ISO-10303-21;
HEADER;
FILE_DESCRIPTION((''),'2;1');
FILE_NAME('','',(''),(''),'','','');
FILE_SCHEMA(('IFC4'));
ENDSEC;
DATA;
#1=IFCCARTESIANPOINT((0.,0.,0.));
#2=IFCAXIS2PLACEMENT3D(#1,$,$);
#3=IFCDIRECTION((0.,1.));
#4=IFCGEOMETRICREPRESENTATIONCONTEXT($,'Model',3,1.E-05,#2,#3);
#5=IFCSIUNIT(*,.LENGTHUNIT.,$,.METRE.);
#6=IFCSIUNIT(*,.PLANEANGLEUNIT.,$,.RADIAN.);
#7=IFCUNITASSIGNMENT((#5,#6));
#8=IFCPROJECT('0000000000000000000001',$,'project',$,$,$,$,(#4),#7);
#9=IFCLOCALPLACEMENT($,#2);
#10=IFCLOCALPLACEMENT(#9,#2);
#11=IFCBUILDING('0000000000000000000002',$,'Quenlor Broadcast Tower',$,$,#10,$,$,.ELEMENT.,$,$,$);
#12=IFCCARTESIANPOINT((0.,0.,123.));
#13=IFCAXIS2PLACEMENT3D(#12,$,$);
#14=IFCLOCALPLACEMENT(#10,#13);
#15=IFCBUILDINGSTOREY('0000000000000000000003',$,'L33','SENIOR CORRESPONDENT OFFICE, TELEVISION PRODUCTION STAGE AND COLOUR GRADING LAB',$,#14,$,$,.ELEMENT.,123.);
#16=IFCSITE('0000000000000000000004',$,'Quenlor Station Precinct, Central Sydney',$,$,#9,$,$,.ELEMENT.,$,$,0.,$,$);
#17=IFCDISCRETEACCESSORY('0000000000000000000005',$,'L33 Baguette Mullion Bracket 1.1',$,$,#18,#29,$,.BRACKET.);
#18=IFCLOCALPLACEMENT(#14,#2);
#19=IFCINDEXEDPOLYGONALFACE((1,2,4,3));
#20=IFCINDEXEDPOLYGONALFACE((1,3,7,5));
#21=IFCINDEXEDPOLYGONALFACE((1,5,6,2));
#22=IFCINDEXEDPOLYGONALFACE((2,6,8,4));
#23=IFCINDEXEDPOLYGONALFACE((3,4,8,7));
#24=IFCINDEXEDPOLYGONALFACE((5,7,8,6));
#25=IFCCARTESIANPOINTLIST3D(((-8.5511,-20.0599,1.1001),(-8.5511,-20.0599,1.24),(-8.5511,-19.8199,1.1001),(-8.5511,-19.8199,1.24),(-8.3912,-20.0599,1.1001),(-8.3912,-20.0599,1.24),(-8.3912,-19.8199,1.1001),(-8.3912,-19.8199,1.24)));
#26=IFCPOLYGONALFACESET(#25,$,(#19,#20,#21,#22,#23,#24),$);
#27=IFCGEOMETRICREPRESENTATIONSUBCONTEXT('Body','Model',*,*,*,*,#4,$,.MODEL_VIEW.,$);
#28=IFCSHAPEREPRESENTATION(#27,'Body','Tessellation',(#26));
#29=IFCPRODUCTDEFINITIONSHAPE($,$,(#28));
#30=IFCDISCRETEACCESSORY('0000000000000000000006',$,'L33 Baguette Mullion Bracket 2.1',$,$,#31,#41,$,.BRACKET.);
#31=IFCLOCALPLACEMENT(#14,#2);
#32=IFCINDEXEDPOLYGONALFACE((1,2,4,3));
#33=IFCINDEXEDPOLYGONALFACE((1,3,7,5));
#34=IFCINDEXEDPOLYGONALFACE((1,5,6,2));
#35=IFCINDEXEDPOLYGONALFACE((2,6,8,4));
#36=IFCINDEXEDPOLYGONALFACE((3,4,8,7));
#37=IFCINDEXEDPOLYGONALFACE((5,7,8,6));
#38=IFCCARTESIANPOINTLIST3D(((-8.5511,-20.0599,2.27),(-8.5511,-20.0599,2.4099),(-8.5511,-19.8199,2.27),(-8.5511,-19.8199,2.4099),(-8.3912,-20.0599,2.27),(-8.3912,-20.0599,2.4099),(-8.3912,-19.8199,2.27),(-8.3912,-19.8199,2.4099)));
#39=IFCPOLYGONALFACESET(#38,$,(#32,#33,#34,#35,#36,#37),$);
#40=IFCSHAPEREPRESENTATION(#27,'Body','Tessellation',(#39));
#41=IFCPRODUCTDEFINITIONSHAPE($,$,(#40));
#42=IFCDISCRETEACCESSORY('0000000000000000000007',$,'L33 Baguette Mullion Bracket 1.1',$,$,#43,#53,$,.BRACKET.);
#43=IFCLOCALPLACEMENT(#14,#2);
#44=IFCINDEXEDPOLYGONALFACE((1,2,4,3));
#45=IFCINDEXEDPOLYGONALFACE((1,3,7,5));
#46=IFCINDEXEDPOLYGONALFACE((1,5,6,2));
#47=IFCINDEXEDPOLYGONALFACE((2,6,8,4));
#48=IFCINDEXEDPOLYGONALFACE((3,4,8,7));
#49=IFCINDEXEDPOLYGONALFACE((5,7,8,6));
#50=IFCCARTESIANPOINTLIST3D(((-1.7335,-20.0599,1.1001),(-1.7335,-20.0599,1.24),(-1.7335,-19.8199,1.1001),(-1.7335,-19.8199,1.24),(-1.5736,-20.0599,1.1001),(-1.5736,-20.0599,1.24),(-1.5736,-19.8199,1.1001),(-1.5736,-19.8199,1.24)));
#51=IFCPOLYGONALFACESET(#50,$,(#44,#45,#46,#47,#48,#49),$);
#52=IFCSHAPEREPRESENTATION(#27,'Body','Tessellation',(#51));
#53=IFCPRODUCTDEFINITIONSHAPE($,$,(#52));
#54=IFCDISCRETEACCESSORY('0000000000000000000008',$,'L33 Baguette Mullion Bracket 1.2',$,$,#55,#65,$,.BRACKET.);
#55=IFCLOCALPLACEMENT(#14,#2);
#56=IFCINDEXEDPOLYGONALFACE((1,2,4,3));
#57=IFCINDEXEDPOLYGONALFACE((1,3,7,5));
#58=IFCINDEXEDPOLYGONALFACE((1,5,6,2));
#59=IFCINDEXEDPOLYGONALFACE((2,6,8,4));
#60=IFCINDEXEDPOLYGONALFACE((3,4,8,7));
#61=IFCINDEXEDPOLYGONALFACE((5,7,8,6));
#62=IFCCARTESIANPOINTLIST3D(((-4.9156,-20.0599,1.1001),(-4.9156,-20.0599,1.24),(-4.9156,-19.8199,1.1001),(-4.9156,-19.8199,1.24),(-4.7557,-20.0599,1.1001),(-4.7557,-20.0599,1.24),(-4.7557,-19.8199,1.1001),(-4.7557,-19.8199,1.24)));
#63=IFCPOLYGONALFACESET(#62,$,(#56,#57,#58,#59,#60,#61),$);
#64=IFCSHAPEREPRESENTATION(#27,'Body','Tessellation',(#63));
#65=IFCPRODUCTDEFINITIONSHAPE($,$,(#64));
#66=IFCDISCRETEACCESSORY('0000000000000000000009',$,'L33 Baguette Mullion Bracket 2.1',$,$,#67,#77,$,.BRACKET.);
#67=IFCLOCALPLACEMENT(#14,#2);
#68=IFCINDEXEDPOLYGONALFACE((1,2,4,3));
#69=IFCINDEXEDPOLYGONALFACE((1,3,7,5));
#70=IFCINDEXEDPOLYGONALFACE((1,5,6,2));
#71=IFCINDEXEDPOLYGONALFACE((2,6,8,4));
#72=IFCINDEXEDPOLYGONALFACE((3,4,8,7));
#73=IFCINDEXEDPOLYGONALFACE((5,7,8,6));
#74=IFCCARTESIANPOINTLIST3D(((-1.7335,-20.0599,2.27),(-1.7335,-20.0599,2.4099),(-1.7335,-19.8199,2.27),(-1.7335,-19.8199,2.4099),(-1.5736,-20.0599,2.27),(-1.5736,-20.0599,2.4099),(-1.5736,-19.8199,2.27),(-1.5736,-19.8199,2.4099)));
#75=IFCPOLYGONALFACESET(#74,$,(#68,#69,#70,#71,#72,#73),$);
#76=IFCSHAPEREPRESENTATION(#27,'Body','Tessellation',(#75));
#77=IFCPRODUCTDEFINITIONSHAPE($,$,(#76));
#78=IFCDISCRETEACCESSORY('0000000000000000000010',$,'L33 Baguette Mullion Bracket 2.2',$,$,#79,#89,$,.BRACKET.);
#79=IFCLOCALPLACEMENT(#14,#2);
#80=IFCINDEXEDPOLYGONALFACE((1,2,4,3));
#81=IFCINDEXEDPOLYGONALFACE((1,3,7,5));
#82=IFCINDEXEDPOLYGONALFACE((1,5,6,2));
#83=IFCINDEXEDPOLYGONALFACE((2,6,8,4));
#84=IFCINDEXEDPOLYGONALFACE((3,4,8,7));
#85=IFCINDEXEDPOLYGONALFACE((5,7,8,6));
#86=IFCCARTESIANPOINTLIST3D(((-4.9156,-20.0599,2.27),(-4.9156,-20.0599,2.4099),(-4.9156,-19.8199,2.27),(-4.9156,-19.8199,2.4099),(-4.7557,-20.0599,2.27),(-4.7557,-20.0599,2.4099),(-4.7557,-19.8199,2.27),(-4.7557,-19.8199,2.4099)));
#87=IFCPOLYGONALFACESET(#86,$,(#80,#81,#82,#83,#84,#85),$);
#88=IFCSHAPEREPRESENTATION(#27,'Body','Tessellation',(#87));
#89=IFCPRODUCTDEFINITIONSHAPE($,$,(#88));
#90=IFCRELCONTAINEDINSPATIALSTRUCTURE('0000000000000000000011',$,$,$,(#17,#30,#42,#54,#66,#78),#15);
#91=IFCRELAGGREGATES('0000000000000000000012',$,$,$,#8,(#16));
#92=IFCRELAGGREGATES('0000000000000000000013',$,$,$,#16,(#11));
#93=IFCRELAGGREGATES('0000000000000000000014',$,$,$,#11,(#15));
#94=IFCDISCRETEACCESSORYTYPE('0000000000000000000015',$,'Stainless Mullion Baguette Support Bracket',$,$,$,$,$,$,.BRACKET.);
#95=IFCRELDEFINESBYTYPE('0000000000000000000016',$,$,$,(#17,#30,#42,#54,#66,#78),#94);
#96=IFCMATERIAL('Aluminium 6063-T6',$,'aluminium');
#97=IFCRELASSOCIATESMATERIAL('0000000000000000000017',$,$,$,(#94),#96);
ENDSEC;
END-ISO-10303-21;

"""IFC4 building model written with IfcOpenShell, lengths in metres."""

from ifc_helpers import new_model, si_unit, direction, frame, origin, origin_2d, place, context, subcontext, project, spatial, rectangle, extrude, material, type_object, element, save


model = new_model("IFC4")

# Units and contexts
model_context = context("Model", 3, precision=1e-05, world=origin(), true_north=direction((0.0, 1.0)))
body_context = subcontext(model_context, "Body", "Model", "MODEL_VIEW")
ifc_project = project(units=[si_unit("LENGTHUNIT", "METRE"), si_unit("PLANEANGLEUNIT", "RADIAN")], contexts=[model_context])

# Site, building, storey
site_placement = place(None, origin())
site = spatial("IfcSite", under=ifc_project, at=site_placement, Name="Quenlor Station Precinct, Central Sydney", CompositionType="ELEMENT", RefElevation=0.0)
building_placement = place(site_placement, origin())
building = spatial("IfcBuilding", under=site, at=building_placement, Name="Quenlor Broadcast Tower", CompositionType="ELEMENT")
storey_placement = place(building_placement, frame((0.0, 0.0, 123.0)))
storey = spatial("IfcBuildingStorey", under=building, at=storey_placement, Name="L33", Description="SENIOR CORRESPONDENT OFFICE, TELEVISION PRODUCTION STAGE AND COLOUR GRADING LAB", CompositionType="ELEMENT", Elevation=123.0)

# Discrete accessories
ifc_material_1 = material(Name="Aluminium 6063-T6", Category="aluminium")
discrete_accessory_type = type_object("IfcDiscreteAccessoryType", Name="Stainless Mullion Baguette Support Bracket", PredefinedType="BRACKET", material=ifc_material_1)
for number, where, z_axis, x_axis, name in (
    (1, (-8.4712, -19.9399, 1.1001), (0.0, 0.0, 1.0), (-1.0, 0.0, 0.0), "L33 Baguette Mullion Bracket 1.1"),
    (2, (-8.4712, -19.9399, 2.27), (0.0, 0.0, 1.0), (-1.0, 0.0, 0.0), "L33 Baguette Mullion Bracket 2.1"),
    (3, (-1.6536, -19.9399, 1.1001), (0.0, 0.0, 1.0), (-1.0, 0.0, 0.0), "L33 Baguette Mullion Bracket 1.1"),
    (4, (-4.8357, -19.9399, 1.1001), (0.0, 0.0, 1.0), (-1.0, 0.0, 0.0), "L33 Baguette Mullion Bracket 1.2"),
    (5, (-1.6536, -19.9399, 2.27), (0.0, 0.0, 1.0), (-1.0, 0.0, 0.0), "L33 Baguette Mullion Bracket 2.1"),
    (6, (-4.8357, -19.9399, 2.27), (0.0, 0.0, 1.0), (-1.0, 0.0, 0.0), "L33 Baguette Mullion Bracket 2.2"),
):
    element("IfcDiscreteAccessory", number, at=place(storey_placement, frame(where, z_axis=z_axis, x_axis=x_axis)), inside=storey, type_object=discrete_accessory_type, Name=name, PredefinedType="BRACKET", context=body_context, shape_type="SweptSolid", body=[
        extrude(rectangle(XDim=0.1599, YDim=0.24, at=origin_2d()), origin(), (0.0, 0.0, 1.0), 0.1399),
    ])

save(model, "model.ifc")
